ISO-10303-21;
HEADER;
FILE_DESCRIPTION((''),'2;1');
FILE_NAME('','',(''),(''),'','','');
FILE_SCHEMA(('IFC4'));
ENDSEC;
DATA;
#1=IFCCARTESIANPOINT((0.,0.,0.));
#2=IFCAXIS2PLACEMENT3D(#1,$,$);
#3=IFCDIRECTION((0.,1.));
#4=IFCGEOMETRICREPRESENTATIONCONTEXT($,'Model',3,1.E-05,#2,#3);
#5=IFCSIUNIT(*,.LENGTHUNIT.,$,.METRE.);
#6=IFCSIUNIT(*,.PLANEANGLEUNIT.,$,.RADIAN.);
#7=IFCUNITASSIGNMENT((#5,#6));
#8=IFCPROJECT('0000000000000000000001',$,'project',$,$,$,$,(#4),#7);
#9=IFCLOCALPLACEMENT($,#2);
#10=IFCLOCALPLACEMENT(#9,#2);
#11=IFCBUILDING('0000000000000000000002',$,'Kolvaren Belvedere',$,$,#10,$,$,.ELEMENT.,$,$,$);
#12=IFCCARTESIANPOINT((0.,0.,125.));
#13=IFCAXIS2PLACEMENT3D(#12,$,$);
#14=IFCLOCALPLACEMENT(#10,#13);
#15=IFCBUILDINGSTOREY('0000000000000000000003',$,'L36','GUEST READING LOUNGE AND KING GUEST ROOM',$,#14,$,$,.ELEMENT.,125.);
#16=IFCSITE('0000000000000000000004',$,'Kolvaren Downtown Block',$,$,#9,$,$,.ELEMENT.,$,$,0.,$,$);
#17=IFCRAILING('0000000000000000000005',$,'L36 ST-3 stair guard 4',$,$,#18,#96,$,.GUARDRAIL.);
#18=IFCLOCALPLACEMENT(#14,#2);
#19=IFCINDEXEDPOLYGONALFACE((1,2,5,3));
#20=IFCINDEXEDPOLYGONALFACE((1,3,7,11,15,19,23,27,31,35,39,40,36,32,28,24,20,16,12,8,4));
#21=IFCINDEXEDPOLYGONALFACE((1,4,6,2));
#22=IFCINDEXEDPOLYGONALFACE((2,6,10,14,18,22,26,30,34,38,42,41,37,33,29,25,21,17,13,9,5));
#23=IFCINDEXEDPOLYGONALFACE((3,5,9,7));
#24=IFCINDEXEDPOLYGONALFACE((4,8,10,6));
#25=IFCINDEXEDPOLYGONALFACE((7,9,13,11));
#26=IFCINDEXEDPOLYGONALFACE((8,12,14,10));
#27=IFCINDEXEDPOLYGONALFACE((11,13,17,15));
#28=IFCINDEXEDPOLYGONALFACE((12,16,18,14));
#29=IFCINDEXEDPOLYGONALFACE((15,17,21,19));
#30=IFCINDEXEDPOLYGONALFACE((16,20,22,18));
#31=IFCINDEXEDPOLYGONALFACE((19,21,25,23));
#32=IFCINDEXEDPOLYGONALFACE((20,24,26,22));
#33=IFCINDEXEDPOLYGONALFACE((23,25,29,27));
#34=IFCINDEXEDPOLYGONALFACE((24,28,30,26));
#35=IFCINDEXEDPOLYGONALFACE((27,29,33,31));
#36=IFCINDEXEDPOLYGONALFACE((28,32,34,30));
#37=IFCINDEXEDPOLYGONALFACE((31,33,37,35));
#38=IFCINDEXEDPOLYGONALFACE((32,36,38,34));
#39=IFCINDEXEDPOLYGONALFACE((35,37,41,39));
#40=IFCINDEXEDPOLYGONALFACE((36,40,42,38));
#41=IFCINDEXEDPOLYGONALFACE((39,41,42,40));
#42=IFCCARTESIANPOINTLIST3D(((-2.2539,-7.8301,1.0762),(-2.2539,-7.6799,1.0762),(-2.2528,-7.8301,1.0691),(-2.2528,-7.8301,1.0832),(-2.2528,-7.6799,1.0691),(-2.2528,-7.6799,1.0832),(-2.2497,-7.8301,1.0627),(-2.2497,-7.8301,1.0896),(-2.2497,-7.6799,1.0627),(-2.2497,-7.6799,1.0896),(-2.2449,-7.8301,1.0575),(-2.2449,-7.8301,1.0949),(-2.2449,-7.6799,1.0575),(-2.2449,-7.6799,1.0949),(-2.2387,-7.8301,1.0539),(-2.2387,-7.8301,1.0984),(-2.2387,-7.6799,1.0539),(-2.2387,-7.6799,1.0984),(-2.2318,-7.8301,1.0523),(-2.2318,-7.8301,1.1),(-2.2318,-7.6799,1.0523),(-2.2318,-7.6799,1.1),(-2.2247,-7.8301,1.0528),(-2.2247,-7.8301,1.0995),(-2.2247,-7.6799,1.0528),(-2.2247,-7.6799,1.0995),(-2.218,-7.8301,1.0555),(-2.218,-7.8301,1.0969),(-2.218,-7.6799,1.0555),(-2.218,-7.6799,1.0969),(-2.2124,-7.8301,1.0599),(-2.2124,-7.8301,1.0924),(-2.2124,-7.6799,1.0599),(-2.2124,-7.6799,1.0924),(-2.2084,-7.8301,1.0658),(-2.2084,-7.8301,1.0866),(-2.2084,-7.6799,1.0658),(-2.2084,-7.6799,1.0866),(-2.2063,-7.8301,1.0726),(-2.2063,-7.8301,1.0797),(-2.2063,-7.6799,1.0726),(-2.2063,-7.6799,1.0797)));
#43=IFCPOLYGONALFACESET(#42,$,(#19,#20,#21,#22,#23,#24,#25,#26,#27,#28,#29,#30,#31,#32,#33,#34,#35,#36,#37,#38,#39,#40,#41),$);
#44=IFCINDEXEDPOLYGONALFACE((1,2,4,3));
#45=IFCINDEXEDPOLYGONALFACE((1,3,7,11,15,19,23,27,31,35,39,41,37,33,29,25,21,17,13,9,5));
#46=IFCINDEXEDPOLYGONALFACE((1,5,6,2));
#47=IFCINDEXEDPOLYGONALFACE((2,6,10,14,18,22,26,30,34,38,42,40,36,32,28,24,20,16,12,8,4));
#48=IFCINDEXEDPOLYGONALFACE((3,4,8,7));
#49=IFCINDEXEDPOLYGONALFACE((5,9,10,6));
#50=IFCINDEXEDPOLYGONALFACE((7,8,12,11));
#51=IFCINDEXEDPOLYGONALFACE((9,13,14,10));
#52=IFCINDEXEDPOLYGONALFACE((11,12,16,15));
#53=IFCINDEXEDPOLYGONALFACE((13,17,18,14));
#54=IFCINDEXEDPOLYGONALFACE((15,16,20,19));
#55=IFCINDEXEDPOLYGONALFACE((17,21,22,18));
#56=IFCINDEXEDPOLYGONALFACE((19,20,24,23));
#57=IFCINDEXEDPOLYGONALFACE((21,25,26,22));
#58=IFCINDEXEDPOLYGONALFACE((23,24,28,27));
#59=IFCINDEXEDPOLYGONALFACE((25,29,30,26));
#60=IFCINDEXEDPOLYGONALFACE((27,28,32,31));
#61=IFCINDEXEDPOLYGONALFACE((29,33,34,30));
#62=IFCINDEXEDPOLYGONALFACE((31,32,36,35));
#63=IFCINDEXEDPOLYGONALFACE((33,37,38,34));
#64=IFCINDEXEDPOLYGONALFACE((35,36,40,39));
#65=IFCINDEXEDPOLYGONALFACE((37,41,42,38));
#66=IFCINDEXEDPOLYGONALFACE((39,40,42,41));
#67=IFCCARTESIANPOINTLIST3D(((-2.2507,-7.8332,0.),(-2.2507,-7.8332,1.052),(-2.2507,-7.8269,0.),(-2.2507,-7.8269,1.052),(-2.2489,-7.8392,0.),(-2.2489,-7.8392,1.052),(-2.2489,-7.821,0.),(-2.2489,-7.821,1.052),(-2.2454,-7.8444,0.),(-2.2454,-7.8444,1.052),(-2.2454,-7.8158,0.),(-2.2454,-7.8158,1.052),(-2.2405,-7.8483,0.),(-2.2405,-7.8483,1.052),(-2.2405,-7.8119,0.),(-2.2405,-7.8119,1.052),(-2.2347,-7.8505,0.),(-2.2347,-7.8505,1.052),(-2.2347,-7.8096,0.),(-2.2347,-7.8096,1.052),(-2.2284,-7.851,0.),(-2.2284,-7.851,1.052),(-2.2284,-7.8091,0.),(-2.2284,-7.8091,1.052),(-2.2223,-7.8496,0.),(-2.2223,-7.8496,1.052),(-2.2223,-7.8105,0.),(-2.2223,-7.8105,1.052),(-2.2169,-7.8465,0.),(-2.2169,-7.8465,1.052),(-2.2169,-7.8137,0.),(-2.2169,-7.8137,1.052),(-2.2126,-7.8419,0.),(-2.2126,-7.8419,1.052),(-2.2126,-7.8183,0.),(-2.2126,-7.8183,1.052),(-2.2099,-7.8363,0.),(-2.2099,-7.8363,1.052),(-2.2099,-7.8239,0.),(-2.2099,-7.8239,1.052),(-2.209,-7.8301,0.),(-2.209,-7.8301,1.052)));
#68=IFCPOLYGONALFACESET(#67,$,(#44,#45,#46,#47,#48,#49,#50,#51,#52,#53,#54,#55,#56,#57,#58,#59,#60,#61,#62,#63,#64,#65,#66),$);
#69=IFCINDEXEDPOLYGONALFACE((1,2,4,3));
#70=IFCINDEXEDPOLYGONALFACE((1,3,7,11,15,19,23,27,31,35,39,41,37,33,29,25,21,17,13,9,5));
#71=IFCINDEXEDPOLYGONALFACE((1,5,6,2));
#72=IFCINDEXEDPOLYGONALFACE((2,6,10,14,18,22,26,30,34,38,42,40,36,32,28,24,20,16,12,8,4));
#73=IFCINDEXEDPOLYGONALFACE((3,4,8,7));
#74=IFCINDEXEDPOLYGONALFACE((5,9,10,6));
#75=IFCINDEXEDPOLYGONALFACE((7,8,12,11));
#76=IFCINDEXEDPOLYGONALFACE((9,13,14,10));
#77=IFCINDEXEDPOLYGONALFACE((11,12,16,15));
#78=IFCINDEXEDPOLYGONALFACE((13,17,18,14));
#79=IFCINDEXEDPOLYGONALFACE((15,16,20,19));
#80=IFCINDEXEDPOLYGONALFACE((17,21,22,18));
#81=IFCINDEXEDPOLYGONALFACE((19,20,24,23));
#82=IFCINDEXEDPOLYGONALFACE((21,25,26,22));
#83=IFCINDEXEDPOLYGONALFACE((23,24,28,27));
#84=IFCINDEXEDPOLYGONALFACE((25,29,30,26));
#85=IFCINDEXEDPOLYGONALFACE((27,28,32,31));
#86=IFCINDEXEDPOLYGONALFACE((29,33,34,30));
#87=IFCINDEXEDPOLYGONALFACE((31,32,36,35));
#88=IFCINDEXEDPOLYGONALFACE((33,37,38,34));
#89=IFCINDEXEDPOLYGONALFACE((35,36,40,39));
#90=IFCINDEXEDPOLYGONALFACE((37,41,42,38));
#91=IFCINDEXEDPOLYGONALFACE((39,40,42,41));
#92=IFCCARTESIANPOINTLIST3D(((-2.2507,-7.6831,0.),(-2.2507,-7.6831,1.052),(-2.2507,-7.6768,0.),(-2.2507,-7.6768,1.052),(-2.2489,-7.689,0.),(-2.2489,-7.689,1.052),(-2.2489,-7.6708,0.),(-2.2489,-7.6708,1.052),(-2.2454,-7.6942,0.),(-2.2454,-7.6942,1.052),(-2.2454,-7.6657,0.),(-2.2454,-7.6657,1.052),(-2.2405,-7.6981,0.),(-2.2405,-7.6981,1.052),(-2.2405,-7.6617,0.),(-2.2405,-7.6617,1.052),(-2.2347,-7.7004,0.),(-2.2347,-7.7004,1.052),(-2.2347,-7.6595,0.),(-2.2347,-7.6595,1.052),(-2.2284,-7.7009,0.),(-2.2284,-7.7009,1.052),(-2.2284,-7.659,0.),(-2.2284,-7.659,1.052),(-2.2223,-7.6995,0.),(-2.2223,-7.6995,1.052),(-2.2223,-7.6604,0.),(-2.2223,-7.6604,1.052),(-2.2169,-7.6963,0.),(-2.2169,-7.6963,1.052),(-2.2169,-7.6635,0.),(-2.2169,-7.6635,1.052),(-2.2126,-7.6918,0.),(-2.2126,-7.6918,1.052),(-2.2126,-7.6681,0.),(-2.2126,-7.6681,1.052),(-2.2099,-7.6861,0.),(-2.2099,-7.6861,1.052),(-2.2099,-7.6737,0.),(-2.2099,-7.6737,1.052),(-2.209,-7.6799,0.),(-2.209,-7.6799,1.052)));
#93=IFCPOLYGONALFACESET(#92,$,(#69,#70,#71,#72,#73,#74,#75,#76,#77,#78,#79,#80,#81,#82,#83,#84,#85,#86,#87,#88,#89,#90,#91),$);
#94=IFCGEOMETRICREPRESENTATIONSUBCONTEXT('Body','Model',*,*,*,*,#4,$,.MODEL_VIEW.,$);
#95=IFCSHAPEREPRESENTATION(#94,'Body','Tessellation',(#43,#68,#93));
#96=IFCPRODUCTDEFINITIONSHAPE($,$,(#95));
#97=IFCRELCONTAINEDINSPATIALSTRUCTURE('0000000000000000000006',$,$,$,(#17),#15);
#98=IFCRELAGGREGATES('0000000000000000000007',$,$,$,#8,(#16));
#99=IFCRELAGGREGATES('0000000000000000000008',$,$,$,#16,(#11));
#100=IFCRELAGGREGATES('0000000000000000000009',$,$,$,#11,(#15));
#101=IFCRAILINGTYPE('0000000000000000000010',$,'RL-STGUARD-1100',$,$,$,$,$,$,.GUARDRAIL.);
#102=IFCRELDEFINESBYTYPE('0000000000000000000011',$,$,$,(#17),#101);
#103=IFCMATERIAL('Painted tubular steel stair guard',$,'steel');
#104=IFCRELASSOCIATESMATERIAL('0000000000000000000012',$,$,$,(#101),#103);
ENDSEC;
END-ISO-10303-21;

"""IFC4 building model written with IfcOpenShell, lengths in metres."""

from ifc_helpers import new_model, si_unit, direction, frame, origin, origin_2d, place, context, subcontext, project, spatial, circle, extrude, material, type_object, element, save


model = new_model("IFC4")

# Units and contexts
model_context = context("Model", 3, precision=1e-05, world=origin(), true_north=direction((0.0, 1.0)))
body_context = subcontext(model_context, "Body", "Model", "MODEL_VIEW")
ifc_project = project(units=[si_unit("LENGTHUNIT", "METRE"), si_unit("PLANEANGLEUNIT", "RADIAN")], contexts=[model_context])

# Site, building, storey
site_placement = place(None, origin())
site = spatial("IfcSite", under=ifc_project, at=site_placement, Name="Kolvaren Downtown Block", CompositionType="ELEMENT", RefElevation=0.0)
building_placement = place(site_placement, origin())
building = spatial("IfcBuilding", under=site, at=building_placement, Name="Kolvaren Belvedere", CompositionType="ELEMENT")
storey_placement = place(building_placement, frame((0.0, 0.0, 125.0)))
storey = spatial("IfcBuildingStorey", under=building, at=storey_placement, Name="L36", Description="GUEST READING LOUNGE AND KING GUEST ROOM", CompositionType="ELEMENT", Elevation=125.0)

# Railing
ifc_material_1 = material(Name="Painted tubular steel stair guard", Category="steel")
railing_type_1 = type_object("IfcRailingType", Name="RL-STGUARD-1100", PredefinedType="GUARDRAIL", material=ifc_material_1)
railing_1_placement = place(storey_placement, frame((-2.23, -7.8301, 0.0)))
element("IfcRailing", 1, at=railing_1_placement, inside=storey, type_object=railing_type_1, Name="L36 ST-3 stair guard 4", PredefinedType="GUARDRAIL", context=body_context, shape_type="SweptSolid", body=[
    extrude(circle(Radius=0.0239, at=origin_2d()), frame((0.0, 0.0, 1.0762), z_axis=(0.0, 1.0, 0.0), x_axis=(-1.0, 0.0, 0.0)), (0.0, 0.0, 1.0), 0.1501),
    extrude(circle(Radius=0.021, at=origin_2d()), origin(), (0.0, 0.0, 1.0), 1.052),
    extrude(circle(Radius=0.021, at=origin_2d()), frame((0.0, 0.1501, 0.0)), (0.0, 0.0, 1.0), 1.052),
])

save(model, "model.ifc")
